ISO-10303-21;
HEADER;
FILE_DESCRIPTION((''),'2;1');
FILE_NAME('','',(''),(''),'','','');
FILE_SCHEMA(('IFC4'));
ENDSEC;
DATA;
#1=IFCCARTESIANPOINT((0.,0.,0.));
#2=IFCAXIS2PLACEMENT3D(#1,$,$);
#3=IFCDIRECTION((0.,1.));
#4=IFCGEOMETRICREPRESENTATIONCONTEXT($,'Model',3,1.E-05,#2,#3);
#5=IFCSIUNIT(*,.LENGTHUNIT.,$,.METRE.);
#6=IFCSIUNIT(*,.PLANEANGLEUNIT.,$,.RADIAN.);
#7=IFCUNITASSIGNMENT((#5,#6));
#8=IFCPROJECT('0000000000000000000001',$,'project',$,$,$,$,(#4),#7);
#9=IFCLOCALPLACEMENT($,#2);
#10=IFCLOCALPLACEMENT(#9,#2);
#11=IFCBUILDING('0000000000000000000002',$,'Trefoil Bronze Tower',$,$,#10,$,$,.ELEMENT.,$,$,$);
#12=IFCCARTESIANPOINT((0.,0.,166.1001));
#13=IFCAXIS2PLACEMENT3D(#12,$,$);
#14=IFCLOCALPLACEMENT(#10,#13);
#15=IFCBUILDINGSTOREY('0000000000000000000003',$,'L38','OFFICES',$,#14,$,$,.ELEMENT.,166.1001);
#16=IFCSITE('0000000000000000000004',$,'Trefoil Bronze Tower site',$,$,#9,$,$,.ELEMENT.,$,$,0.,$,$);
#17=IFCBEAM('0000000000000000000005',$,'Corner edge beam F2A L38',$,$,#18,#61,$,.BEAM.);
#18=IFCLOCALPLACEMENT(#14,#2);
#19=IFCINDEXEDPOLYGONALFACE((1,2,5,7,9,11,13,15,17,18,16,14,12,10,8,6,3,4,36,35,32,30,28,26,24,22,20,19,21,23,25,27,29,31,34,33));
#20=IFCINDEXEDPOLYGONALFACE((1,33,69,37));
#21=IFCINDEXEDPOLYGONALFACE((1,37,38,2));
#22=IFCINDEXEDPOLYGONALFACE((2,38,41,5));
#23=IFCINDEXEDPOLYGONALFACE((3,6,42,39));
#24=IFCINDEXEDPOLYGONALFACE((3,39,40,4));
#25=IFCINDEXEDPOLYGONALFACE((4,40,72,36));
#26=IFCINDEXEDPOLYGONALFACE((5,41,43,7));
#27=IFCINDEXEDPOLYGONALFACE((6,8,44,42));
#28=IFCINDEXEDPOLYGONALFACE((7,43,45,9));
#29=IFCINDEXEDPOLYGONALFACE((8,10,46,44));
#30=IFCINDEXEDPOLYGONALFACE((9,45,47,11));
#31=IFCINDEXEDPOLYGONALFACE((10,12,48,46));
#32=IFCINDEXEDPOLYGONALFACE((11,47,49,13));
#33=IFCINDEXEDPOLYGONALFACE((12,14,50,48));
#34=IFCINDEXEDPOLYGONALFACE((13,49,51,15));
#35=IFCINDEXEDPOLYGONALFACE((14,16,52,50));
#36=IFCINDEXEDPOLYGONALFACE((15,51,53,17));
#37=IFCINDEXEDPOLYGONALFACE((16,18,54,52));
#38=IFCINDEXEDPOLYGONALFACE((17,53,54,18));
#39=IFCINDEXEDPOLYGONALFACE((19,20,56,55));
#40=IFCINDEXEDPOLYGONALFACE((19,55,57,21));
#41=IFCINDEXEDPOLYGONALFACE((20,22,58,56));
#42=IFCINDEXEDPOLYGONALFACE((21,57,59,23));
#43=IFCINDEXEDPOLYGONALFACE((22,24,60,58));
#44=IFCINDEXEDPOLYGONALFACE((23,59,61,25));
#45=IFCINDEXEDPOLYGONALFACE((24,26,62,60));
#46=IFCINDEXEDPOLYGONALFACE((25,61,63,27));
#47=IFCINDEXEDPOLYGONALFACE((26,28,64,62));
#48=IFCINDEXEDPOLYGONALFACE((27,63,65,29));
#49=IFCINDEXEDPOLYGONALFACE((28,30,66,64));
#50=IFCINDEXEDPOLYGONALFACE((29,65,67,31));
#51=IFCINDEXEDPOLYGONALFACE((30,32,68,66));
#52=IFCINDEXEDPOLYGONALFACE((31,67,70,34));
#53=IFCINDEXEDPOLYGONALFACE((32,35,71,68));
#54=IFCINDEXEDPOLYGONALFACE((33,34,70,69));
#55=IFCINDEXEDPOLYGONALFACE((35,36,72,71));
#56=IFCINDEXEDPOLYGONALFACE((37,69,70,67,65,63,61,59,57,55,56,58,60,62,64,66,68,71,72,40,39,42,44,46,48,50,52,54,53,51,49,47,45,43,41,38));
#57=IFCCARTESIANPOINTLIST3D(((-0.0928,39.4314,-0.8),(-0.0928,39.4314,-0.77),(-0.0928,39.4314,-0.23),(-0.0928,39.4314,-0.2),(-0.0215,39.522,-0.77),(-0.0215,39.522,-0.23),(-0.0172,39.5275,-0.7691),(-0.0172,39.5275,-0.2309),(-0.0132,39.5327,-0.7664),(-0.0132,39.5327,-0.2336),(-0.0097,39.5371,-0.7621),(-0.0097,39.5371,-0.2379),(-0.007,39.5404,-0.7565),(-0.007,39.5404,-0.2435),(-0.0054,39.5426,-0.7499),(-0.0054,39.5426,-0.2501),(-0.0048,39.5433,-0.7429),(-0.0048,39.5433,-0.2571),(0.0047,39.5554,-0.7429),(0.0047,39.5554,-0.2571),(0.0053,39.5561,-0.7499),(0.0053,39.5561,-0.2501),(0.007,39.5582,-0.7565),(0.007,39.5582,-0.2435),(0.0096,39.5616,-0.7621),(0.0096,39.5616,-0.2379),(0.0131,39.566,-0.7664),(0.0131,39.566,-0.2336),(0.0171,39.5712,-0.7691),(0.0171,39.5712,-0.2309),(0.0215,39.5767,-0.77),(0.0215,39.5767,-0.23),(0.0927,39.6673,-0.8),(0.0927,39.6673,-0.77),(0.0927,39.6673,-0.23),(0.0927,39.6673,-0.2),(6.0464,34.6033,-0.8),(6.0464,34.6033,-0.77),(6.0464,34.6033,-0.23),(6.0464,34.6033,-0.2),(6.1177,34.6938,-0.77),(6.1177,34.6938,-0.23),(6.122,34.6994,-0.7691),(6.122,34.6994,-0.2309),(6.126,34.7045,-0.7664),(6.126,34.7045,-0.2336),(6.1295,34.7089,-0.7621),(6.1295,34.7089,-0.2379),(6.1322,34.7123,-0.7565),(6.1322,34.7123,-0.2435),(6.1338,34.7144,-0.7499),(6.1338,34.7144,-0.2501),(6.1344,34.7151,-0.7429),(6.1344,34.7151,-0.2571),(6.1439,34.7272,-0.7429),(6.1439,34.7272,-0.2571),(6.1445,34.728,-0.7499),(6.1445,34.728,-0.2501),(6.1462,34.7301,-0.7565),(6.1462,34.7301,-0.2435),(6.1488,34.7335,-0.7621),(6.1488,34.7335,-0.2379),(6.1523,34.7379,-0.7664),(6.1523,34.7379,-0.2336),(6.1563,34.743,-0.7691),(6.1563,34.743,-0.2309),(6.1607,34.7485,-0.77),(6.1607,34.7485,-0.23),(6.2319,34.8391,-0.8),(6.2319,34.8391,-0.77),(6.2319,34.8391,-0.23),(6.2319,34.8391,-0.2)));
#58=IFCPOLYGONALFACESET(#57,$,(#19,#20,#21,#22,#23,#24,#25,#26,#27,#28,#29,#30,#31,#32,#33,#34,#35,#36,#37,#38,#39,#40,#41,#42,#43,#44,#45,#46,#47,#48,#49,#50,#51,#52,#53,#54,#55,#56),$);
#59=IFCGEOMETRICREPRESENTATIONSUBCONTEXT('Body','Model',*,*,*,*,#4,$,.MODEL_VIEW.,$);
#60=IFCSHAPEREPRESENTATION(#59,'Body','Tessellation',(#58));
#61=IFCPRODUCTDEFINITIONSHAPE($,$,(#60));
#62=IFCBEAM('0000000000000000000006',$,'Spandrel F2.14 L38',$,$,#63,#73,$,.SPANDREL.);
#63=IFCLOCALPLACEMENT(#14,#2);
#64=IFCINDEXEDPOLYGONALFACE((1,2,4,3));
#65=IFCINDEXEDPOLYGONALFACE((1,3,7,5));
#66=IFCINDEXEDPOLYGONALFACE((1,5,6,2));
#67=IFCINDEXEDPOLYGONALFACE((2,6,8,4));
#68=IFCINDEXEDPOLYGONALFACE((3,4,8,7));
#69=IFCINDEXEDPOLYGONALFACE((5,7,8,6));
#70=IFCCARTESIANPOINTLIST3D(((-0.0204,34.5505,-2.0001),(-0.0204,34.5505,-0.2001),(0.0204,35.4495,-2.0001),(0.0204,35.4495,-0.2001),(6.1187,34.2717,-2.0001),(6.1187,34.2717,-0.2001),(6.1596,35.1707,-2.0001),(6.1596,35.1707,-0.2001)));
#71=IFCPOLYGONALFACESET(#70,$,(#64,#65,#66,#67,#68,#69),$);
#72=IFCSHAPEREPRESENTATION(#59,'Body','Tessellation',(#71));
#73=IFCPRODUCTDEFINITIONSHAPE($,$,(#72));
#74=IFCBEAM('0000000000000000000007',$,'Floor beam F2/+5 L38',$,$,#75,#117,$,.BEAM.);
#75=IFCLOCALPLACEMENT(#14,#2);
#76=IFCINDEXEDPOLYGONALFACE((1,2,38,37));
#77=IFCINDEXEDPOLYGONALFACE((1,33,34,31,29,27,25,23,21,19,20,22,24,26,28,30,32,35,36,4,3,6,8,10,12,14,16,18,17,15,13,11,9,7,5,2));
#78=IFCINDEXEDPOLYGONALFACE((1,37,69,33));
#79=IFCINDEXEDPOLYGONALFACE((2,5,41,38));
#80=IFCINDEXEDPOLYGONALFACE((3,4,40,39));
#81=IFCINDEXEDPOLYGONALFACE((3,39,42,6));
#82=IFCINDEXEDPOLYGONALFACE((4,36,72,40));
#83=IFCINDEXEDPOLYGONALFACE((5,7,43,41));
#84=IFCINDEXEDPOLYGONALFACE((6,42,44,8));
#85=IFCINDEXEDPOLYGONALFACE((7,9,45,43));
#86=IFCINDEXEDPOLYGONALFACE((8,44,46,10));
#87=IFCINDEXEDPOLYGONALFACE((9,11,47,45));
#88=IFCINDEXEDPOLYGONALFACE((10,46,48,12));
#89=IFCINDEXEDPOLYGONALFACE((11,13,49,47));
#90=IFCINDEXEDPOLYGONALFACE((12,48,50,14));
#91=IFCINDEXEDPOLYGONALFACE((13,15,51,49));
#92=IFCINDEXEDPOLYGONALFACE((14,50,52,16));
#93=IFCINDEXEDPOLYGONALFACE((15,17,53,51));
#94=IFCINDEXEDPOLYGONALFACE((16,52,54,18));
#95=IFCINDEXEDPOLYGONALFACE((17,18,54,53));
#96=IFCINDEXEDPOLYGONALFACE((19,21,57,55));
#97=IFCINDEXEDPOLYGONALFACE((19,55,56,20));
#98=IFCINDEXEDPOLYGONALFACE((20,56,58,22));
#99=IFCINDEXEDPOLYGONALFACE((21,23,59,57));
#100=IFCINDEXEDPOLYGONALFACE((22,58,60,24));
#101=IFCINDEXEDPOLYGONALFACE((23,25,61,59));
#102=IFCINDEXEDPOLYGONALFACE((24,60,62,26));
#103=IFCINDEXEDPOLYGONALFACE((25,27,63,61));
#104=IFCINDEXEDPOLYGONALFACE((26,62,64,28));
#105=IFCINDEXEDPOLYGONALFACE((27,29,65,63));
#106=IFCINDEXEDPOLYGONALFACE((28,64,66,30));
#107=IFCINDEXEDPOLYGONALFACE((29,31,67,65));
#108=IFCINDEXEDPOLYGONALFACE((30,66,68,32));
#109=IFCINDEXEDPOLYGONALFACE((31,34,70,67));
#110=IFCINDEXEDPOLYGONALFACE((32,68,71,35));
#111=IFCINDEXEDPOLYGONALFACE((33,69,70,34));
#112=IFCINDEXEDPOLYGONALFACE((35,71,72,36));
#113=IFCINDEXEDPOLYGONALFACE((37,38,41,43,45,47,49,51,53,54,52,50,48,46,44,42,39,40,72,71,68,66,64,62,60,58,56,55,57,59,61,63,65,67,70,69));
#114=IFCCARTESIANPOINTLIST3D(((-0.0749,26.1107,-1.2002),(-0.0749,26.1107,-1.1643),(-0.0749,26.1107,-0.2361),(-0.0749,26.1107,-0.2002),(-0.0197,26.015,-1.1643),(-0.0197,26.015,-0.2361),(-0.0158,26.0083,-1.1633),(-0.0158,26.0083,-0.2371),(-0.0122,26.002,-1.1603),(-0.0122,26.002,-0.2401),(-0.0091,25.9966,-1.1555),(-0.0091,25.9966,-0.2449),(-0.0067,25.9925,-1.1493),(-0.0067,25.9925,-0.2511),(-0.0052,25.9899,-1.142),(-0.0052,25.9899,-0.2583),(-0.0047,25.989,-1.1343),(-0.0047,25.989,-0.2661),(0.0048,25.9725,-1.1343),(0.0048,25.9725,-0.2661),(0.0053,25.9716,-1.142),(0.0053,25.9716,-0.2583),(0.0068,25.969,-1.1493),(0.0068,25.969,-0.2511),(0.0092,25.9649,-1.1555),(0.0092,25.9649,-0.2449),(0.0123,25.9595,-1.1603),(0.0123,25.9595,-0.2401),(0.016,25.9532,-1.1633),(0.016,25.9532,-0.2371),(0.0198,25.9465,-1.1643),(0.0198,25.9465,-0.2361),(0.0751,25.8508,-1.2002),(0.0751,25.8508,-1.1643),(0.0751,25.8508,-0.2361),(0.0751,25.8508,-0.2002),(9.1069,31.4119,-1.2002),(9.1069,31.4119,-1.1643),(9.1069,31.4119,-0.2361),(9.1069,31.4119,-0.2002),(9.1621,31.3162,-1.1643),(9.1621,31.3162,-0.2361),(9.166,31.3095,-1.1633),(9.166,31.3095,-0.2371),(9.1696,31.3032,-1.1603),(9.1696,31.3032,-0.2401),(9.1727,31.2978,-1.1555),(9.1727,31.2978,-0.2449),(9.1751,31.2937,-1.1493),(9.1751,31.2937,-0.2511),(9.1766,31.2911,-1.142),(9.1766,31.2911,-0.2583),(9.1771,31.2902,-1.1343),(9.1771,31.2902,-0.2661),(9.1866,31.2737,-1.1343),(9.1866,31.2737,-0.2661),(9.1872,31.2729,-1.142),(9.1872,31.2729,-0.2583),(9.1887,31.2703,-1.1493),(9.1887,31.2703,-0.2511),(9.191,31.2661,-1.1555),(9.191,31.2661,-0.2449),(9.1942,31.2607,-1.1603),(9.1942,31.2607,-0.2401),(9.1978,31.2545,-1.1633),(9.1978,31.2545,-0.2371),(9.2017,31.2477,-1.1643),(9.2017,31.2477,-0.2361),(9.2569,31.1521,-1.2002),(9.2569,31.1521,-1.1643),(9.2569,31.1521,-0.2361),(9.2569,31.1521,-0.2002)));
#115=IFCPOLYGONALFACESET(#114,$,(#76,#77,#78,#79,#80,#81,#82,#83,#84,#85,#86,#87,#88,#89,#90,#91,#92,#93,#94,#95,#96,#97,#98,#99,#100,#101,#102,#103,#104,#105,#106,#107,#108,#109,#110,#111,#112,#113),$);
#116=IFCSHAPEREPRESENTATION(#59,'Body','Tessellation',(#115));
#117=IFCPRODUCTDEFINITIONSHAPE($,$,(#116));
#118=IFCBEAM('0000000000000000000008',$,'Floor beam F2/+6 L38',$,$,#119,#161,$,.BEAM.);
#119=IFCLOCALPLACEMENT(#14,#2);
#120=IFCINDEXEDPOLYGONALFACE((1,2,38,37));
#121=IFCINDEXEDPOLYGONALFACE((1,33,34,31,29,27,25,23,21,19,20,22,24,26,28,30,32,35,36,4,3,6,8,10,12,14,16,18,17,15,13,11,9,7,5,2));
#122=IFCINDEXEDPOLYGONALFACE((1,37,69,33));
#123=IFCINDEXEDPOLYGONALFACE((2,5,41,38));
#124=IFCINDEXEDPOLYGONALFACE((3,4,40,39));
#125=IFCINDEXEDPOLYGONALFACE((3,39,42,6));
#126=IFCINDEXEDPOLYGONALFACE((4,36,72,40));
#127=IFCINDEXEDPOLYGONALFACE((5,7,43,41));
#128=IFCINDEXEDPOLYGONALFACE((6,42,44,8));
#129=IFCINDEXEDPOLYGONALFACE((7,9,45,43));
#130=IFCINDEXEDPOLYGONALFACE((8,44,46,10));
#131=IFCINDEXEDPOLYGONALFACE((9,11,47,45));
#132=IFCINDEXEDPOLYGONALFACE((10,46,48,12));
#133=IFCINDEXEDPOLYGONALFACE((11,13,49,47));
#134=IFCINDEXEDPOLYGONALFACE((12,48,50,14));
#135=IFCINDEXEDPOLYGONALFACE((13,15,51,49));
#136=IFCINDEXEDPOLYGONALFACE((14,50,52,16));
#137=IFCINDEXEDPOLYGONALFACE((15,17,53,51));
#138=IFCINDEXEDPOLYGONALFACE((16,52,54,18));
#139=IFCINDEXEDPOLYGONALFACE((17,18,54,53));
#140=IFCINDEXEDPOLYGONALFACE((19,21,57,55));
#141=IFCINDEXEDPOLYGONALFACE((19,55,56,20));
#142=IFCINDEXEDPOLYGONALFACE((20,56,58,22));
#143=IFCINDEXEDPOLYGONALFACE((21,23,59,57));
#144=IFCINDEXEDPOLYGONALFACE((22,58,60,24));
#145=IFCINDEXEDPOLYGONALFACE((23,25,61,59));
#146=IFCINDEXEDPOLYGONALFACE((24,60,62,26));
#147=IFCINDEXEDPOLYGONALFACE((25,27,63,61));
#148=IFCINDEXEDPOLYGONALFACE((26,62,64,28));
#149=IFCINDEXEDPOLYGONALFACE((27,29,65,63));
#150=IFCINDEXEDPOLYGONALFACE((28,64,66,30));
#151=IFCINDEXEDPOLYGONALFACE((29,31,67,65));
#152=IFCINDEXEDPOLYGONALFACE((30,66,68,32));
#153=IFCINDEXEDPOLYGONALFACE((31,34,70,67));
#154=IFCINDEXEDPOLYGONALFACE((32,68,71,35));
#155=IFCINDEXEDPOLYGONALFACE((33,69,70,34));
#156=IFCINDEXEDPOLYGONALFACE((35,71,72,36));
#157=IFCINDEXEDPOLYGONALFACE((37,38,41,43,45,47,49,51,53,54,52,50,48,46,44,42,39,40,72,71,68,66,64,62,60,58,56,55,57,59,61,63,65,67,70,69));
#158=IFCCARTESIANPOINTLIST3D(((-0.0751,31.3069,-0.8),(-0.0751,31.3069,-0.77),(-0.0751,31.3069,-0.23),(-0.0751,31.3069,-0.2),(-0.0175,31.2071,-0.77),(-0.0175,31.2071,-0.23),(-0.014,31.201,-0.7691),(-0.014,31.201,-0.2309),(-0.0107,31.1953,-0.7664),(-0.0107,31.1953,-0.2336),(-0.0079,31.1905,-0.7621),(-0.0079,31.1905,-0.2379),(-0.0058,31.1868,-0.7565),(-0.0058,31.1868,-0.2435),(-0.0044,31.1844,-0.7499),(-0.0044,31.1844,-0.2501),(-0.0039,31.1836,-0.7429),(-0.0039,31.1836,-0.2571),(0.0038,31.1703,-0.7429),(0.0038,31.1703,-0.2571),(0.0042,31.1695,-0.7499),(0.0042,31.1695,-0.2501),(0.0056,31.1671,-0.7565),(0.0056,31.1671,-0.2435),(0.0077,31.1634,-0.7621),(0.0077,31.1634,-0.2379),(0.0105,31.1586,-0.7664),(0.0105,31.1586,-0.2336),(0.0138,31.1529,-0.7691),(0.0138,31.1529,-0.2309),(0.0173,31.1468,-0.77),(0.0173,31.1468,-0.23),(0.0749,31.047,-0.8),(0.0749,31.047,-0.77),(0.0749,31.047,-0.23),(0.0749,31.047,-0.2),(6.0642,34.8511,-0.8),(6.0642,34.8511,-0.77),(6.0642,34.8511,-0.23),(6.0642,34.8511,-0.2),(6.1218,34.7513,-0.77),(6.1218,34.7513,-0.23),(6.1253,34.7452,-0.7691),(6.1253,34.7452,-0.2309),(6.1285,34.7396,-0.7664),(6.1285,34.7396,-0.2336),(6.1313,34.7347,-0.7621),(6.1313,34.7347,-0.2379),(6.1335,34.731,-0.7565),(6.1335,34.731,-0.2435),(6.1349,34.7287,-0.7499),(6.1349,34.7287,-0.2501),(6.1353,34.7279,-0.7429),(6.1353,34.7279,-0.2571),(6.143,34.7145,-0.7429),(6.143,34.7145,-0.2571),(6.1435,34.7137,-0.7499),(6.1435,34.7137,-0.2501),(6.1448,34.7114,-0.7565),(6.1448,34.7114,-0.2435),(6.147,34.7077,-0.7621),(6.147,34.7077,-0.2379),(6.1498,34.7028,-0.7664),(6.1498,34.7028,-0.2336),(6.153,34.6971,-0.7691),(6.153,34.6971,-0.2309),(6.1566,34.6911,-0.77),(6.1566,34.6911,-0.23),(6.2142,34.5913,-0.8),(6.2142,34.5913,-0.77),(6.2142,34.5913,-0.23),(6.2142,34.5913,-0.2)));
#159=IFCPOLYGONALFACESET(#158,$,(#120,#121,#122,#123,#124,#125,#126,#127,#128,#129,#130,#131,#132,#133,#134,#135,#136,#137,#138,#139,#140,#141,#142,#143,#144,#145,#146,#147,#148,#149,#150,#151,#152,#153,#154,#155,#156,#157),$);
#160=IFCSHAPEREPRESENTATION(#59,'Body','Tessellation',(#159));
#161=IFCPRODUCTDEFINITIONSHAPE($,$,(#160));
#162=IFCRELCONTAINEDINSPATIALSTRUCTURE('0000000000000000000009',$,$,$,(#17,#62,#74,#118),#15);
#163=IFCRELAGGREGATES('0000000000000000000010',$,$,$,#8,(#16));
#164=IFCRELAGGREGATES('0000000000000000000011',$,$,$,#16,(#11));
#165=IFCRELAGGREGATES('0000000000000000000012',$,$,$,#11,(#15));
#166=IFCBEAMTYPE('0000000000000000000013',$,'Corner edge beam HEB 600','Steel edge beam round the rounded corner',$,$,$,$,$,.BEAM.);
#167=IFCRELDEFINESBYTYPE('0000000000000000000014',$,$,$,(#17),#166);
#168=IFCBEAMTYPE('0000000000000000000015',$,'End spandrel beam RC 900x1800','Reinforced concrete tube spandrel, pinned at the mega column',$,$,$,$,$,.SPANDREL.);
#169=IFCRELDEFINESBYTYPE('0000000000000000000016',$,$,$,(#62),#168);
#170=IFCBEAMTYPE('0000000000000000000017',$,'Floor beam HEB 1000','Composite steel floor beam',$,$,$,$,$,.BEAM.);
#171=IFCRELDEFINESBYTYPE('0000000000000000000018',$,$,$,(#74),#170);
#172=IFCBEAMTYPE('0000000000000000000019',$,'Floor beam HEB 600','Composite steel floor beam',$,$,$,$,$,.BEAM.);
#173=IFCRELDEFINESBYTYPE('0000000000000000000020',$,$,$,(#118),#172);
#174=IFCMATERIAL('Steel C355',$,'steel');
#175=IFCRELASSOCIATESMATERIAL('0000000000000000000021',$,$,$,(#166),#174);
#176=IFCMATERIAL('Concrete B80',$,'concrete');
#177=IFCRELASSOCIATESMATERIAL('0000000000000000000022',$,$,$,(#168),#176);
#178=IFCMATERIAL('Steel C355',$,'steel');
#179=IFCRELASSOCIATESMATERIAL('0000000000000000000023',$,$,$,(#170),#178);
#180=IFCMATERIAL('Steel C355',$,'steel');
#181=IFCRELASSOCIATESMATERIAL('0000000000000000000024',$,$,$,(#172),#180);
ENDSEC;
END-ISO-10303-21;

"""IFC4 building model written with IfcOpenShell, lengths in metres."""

from ifc_helpers import new_model, si_unit, direction, frame, origin, origin_2d, place, context, subcontext, project, spatial, rectangle, i_section, extrude, material, material_profile, profile_set, type_object, element, save


model = new_model("IFC4")

# Units and contexts
model_context = context("Model", 3, precision=1e-05, world=origin(), true_north=direction((0.0, 1.0)))
body_context = subcontext(model_context, "Body", "Model", "MODEL_VIEW")
ifc_project = project(units=[si_unit("LENGTHUNIT", "METRE"), si_unit("PLANEANGLEUNIT", "RADIAN")], contexts=[model_context])

# Site, building, storey
site_placement = place(None, origin())
site = spatial("IfcSite", under=ifc_project, at=site_placement, Name="Trefoil Bronze Tower site", CompositionType="ELEMENT", RefElevation=0.0)
building_placement = place(site_placement, origin())
building = spatial("IfcBuilding", under=site, at=building_placement, Name="Trefoil Bronze Tower", CompositionType="ELEMENT")
storey_placement = place(building_placement, frame((0.0, 0.0, 166.1001)))
storey = spatial("IfcBuildingStorey", under=building, at=storey_placement, Name="L38", Description="OFFICES", CompositionType="ELEMENT", Elevation=166.1001)

# Beams
ifc_material_1 = material(Name="Steel C355", Category="steel")
ifc_material_profile_1 = material_profile(ifc_material_1, i_section(OverallWidth=0.3, OverallDepth=0.6001, WebThickness=0.0154, FlangeThickness=0.03, FilletRadius=0.0271, at=origin_2d()), Name="HEB 600")
ifc_profile_set_1 = profile_set([ifc_material_profile_1], Name="Steel C355")
beam_type_1 = type_object("IfcBeamType", Name="Corner edge beam HEB 600", Description="Steel edge beam round the rounded corner", PredefinedType="BEAM", material=ifc_profile_set_1)
beam_1_placement = place(storey_placement, frame((6.1392, 34.7212, -0.5), z_axis=(-0.786038, 0.618178, 0.0), x_axis=(-0.618178, -0.786038, 0.0)))
element("IfcBeam", 1, at=beam_1_placement, inside=storey, type_object=beam_type_1, Name="Corner edge beam F2A L38", PredefinedType="BEAM", context=body_context, shape_type="SweptSolid", body=[
    extrude(i_section(OverallWidth=0.3, OverallDepth=0.6001, WebThickness=0.0154, FlangeThickness=0.03, FilletRadius=0.0271, at=origin_2d()), origin(), (0.0, 0.0, 1.0), 7.8103),
])
ifc_material_2 = material(Name="Concrete B80", Category="concrete")
ifc_material_profile_2 = material_profile(ifc_material_2, rectangle(XDim=0.8999, YDim=1.8, at=origin_2d()), Name="RC 900x1800")
ifc_profile_set_2 = profile_set([ifc_material_profile_2], Name="Concrete B80")
beam_type_2 = type_object("IfcBeamType", Name="End spandrel beam RC 900x1800", Description="Reinforced concrete tube spandrel, pinned at the mega column", PredefinedType="SPANDREL", material=ifc_profile_set_2)
beam_2_placement = place(storey_placement, frame((6.1392, 34.7212, -1.1001), z_axis=(-0.99897, 0.045368, 0.0), x_axis=(-0.045368, -0.99897, 0.0)))
element("IfcBeam", 2, at=beam_2_placement, inside=storey, type_object=beam_type_2, Name="Spandrel F2.14 L38", PredefinedType="SPANDREL", context=body_context, shape_type="SweptSolid", body=[
    extrude(rectangle(XDim=0.8999, YDim=1.8, at=origin_2d()), origin(), (0.0, 0.0, 1.0), 6.1455),
])
ifc_material_3 = material(Name="Steel C355", Category="steel")
ifc_material_profile_3 = material_profile(ifc_material_3, i_section(OverallWidth=0.3, OverallDepth=1.0, WebThickness=0.019, FlangeThickness=0.0359, FilletRadius=0.03, at=origin_2d()), Name="HEB 1000")
ifc_profile_set_3 = profile_set([ifc_material_profile_3], Name="Steel C355")
beam_type_3 = type_object("IfcBeamType", Name="Floor beam HEB 1000", Description="Composite steel floor beam", PredefinedType="BEAM", material=ifc_profile_set_3)
beam_3_placement = place(storey_placement, frame((9.1819, 31.282, -0.7002), z_axis=(-0.866021, -0.500007, 0.0), x_axis=(0.500007, -0.866021, 0.0)))
element("IfcBeam", 3, at=beam_3_placement, inside=storey, type_object=beam_type_3, Name="Floor beam F2/+5 L38", PredefinedType="BEAM", context=body_context, shape_type="SweptSolid", body=[
    extrude(i_section(OverallWidth=0.3, OverallDepth=1.0, WebThickness=0.019, FlangeThickness=0.0359, FilletRadius=0.03, at=origin_2d()), origin(), (0.0, 0.0, 1.0), 10.6023),
])
ifc_material_4 = material(Name="Steel C355", Category="steel")
ifc_material_profile_4 = material_profile(ifc_material_4, i_section(OverallWidth=0.3, OverallDepth=0.6001, WebThickness=0.0154, FlangeThickness=0.03, FilletRadius=0.0271, at=origin_2d()), Name="HEB 600")
ifc_profile_set_4 = profile_set([ifc_material_profile_4], Name="Steel C355")
beam_type_4 = type_object("IfcBeamType", Name="Floor beam HEB 600", Description="Composite steel floor beam", PredefinedType="BEAM", material=ifc_profile_set_4)
beam_4_placement = place(storey_placement, frame((6.1392, 34.7212, -0.5), z_axis=(-0.866041, -0.499973, 0.0), x_axis=(0.499973, -0.866041, 0.0)))
element("IfcBeam", 4, at=beam_4_placement, inside=storey, type_object=beam_type_4, Name="Floor beam F2/+6 L38", PredefinedType="BEAM", context=body_context, shape_type="SweptSolid", body=[
    extrude(i_section(OverallWidth=0.3, OverallDepth=0.6001, WebThickness=0.0154, FlangeThickness=0.03, FilletRadius=0.0271, at=origin_2d()), origin(), (0.0, 0.0, 1.0), 7.0889),
])

save(model, "model.ifc")
